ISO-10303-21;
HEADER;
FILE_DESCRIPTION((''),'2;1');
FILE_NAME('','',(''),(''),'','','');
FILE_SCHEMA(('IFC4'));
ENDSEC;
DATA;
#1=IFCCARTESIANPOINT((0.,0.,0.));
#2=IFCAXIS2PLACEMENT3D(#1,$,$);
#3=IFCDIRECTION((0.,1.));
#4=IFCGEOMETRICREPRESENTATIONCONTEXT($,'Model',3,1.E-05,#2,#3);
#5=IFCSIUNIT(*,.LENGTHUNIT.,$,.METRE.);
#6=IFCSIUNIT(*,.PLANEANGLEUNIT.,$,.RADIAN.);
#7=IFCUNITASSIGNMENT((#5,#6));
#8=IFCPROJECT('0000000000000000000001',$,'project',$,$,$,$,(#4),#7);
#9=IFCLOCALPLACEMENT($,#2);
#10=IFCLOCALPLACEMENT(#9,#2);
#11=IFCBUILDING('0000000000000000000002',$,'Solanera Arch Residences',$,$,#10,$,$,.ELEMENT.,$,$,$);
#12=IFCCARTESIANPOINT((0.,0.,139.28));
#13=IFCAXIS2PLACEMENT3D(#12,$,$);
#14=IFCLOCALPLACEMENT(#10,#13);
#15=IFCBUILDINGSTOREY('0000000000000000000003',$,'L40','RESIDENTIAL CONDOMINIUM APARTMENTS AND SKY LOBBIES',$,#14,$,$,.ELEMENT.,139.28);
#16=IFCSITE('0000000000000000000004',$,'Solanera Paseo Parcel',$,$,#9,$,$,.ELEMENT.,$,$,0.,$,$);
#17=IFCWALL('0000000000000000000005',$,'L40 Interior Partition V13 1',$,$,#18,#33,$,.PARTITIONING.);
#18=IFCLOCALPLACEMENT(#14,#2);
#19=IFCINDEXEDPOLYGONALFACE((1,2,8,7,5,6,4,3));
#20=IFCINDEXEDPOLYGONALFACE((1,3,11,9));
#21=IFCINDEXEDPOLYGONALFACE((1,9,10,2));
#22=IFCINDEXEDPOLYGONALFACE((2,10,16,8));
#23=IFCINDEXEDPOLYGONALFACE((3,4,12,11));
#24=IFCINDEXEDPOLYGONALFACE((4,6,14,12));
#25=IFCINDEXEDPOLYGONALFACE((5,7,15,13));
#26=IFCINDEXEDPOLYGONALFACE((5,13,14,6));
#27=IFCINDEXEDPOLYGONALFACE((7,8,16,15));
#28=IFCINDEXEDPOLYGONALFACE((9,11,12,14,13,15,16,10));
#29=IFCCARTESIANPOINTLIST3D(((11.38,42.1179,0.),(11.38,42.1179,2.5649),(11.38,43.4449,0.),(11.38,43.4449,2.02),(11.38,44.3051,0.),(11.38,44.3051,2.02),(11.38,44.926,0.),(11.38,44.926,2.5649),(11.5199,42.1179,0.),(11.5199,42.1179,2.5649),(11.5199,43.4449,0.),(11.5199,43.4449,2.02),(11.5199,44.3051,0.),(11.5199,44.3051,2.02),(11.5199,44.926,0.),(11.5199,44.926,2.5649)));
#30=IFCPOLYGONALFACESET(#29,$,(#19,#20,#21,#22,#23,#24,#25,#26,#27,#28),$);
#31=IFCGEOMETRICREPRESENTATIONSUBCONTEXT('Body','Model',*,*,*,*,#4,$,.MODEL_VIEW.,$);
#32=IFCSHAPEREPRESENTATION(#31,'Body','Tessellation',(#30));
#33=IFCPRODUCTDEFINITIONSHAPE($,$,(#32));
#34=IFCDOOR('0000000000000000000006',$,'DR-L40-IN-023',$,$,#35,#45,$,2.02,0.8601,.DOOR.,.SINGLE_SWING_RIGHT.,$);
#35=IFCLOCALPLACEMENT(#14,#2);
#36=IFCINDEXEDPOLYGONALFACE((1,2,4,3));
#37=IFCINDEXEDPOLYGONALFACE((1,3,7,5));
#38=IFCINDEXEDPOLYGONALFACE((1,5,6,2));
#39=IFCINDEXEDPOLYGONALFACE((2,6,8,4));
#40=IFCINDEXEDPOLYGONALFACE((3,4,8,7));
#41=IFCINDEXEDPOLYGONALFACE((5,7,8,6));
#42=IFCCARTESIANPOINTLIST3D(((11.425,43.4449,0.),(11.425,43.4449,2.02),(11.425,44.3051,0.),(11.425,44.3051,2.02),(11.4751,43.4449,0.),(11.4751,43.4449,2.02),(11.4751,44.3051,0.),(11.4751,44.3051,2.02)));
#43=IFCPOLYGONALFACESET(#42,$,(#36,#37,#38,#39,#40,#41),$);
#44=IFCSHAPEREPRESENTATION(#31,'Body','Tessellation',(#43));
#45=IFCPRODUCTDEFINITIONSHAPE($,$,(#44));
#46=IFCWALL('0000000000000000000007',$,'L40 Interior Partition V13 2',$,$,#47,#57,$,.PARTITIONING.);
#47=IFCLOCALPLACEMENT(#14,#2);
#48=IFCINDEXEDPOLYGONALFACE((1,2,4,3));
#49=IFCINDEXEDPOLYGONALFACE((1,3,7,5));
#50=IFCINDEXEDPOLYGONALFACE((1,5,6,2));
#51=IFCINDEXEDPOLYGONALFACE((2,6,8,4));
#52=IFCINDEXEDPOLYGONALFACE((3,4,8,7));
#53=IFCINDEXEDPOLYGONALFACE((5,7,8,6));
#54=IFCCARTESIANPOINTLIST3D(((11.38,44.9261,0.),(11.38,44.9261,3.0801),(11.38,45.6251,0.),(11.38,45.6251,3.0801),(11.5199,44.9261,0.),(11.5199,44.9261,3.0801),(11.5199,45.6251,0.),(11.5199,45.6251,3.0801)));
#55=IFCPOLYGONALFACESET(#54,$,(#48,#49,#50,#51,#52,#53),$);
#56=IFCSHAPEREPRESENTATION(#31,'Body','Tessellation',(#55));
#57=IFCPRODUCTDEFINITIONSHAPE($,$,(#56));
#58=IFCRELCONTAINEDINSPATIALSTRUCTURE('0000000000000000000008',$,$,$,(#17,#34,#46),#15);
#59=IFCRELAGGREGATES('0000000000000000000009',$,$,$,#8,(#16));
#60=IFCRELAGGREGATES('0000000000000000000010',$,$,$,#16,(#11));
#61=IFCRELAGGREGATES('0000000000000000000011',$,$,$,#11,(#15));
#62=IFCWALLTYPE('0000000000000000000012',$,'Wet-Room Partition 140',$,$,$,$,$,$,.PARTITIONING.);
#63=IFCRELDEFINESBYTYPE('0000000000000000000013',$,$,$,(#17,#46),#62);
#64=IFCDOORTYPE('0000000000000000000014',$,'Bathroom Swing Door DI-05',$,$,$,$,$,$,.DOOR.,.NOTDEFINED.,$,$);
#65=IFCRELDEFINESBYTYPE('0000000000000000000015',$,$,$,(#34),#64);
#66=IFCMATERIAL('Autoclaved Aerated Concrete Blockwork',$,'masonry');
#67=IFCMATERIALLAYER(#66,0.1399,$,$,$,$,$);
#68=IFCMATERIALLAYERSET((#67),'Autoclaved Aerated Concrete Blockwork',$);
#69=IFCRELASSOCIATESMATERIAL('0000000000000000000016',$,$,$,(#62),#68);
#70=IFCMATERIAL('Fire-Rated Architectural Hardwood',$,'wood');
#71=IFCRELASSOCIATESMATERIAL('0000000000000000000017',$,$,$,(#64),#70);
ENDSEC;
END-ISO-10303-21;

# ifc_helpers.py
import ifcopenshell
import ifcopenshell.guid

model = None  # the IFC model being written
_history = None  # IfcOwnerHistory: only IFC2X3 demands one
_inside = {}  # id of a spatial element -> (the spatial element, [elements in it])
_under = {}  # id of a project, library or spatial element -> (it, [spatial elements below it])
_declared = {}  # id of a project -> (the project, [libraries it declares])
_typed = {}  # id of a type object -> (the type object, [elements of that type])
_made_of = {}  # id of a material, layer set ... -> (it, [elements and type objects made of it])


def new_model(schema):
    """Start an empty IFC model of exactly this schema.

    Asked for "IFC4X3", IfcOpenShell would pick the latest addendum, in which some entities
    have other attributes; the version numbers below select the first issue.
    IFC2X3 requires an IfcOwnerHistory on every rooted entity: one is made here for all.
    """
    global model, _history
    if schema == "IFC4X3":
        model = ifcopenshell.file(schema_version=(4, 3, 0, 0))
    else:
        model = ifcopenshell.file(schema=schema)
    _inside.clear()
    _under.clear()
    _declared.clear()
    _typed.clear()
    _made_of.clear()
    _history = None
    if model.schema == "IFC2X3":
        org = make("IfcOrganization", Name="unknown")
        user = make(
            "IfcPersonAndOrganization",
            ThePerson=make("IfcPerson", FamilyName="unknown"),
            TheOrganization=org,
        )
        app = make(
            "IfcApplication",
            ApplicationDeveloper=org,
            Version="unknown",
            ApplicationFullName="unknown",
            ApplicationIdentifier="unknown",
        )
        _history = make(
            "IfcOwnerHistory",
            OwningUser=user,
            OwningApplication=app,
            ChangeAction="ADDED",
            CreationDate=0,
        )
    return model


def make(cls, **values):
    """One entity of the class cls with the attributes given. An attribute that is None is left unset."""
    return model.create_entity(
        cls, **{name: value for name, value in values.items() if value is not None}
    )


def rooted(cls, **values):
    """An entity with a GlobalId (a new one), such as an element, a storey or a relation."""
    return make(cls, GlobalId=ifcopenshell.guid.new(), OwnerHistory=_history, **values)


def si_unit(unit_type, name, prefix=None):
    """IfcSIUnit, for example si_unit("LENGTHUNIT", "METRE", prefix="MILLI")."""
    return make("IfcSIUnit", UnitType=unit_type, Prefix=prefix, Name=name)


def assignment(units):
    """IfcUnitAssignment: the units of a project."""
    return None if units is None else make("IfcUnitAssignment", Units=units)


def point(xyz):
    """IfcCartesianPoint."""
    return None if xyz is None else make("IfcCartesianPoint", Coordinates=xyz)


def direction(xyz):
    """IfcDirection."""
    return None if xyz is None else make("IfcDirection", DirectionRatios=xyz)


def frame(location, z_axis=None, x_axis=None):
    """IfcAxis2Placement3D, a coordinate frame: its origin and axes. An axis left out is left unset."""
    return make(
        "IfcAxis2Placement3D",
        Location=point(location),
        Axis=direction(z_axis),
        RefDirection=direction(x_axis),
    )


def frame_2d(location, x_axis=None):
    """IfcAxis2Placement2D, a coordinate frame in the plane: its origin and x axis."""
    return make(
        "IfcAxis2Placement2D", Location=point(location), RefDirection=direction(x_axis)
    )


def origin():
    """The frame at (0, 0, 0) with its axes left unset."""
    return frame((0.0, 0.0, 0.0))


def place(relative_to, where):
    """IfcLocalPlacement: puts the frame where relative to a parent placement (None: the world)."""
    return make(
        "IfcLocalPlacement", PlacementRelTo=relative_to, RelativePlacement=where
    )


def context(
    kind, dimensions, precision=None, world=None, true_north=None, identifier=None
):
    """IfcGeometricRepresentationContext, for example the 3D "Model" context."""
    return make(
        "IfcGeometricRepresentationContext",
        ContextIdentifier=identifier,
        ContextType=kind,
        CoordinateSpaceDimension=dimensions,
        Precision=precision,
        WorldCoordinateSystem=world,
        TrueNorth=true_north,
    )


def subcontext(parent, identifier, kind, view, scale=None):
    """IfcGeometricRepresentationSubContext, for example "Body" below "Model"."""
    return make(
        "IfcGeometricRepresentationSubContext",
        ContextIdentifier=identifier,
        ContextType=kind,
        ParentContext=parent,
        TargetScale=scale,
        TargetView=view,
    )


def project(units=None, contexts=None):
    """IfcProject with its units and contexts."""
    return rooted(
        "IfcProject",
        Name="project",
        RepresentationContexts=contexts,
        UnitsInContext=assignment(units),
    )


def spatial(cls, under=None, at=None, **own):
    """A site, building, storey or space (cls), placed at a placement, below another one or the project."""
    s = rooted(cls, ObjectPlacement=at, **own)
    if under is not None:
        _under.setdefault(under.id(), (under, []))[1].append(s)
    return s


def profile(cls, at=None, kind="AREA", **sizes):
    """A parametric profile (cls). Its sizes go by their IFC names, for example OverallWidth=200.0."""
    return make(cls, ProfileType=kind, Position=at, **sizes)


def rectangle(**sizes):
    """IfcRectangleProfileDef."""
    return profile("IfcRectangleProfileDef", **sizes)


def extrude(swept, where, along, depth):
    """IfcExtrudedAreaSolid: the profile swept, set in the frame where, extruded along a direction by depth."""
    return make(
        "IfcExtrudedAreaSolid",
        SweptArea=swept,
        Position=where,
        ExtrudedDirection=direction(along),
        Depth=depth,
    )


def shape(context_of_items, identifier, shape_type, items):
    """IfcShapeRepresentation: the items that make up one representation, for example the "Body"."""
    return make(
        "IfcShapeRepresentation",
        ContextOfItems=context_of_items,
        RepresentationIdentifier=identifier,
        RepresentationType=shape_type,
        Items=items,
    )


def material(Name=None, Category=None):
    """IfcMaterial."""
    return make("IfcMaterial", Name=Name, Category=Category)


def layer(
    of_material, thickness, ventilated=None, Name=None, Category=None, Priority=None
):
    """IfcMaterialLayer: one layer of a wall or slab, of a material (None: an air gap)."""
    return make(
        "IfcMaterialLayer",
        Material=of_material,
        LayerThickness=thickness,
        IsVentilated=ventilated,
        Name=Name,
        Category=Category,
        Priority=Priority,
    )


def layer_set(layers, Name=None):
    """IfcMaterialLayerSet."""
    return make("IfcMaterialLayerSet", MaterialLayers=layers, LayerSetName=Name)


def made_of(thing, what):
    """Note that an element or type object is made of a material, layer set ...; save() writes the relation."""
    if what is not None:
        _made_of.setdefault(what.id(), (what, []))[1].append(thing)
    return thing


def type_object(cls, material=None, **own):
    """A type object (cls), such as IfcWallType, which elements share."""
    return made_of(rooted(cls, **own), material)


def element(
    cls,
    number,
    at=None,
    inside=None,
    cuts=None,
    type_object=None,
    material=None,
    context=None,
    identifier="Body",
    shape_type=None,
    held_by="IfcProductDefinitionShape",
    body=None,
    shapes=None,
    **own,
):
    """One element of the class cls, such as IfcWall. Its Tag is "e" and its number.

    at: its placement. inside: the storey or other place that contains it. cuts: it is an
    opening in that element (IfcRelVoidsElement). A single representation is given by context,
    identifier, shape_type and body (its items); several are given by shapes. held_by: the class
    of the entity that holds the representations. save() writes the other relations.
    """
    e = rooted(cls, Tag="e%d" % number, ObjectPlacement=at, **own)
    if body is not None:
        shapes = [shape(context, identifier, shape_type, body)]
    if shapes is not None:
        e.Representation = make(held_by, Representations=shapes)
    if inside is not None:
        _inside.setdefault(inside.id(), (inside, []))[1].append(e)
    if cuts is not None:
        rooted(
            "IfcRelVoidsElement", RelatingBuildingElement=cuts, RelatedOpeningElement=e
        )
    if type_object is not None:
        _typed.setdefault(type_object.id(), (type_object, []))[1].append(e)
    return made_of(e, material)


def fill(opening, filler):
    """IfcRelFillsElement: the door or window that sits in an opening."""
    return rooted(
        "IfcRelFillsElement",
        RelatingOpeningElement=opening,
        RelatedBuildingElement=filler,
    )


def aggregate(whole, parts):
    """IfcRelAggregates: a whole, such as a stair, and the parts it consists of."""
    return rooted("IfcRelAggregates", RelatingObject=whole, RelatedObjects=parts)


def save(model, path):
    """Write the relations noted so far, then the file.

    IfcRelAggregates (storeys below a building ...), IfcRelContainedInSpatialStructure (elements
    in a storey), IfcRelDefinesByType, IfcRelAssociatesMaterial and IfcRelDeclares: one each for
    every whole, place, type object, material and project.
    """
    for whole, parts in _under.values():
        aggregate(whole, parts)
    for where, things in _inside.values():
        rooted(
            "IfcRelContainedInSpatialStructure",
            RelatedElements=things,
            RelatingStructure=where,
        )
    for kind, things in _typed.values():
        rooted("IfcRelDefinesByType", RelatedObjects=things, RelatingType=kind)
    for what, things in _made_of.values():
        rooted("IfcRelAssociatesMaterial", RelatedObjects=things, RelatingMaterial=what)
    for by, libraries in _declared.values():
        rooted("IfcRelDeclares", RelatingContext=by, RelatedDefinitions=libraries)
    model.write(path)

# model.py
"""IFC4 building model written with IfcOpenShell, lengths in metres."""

from ifc_helpers import new_model, si_unit, direction, frame, frame_2d, origin, place, context, subcontext, project, spatial, rectangle, extrude, material, layer, layer_set, type_object, element, fill, save


model = new_model("IFC4")

# Units and contexts
model_context = context("Model", 3, precision=1e-05, world=origin(), true_north=direction((0.0, 1.0)))
body_context = subcontext(model_context, "Body", "Model", "MODEL_VIEW")
ifc_project = project(units=[si_unit("LENGTHUNIT", "METRE"), si_unit("PLANEANGLEUNIT", "RADIAN")], contexts=[model_context])

# Site, building, storey
site_placement = place(None, origin())
site = spatial("IfcSite", under=ifc_project, at=site_placement, Name="Solanera Paseo Parcel", CompositionType="ELEMENT", RefElevation=0.0)
building_placement = place(site_placement, origin())
building = spatial("IfcBuilding", under=site, at=building_placement, Name="Solanera Arch Residences", CompositionType="ELEMENT")
storey_placement = place(building_placement, frame((0.0, 0.0, 139.28)))
storey = spatial("IfcBuildingStorey", under=building, at=storey_placement, Name="L40", Description="RESIDENTIAL CONDOMINIUM APARTMENTS AND SKY LOBBIES", CompositionType="ELEMENT", Elevation=139.28)

# Shared definitions
ifc_material_1 = material(Name="Autoclaved Aerated Concrete Blockwork", Category="masonry")
ifc_layer_1 = layer(ifc_material_1, 0.1399)
ifc_layer_set_1 = layer_set([ifc_layer_1], Name="Autoclaved Aerated Concrete Blockwork")
wall_type_1 = type_object("IfcWallType", Name="Wet-Room Partition 140", PredefinedType="PARTITIONING", material=ifc_layer_set_1)

# Wall, opening, door
wall_1_placement = place(storey_placement, frame((11.45, 42.1179, 0.0), z_axis=(0.0, 0.0, 1.0), x_axis=(0.0, 1.0, 0.0)))
wall_1 = element("IfcWall", 1, at=wall_1_placement, inside=storey, type_object=wall_type_1, Name="L40 Interior Partition V13 1", PredefinedType="PARTITIONING", context=body_context, shape_type="SweptSolid", body=[
    extrude(rectangle(XDim=2.8081, YDim=0.1399, at=frame_2d((1.4041, 0.0))), origin(), (0.0, 0.0, 1.0), 2.5649),
])
opening_1_placement = place(wall_1_placement, frame((1.3269, 0.0, 0.0)))
opening_1 = element("IfcOpeningElement", 2, at=opening_1_placement, cuts=wall_1, PredefinedType="OPENING", context=body_context, shape_type="SweptSolid", body=[
    extrude(rectangle(XDim=0.8601, YDim=2.02, at=frame_2d((0.4302, 1.01))), frame((0.0, 0.0798, 0.0), z_axis=(0.0, -1.0, 0.0), x_axis=(1.0, 0.0, 0.0)), (0.0, 0.0, 1.0), 0.1599),
])
ifc_material_2 = material(Name="Fire-Rated Architectural Hardwood", Category="wood")
door_type_1 = type_object("IfcDoorType", Name="Bathroom Swing Door DI-05", OperationType="NOTDEFINED", PredefinedType="DOOR", material=ifc_material_2)
door_1_placement = place(opening_1_placement, origin())
door_1 = element("IfcDoor", 3, at=door_1_placement, inside=storey, type_object=door_type_1, Name="DR-L40-IN-023", OperationType="SINGLE_SWING_RIGHT", OverallHeight=2.02, OverallWidth=0.8601, PredefinedType="DOOR", context=body_context, shape_type="SweptSolid", body=[
    extrude(rectangle(XDim=0.8601, YDim=2.02, at=frame_2d((0.4302, 1.01))), frame((0.0, 0.0249, 0.0), z_axis=(0.0, -1.0, 0.0), x_axis=(1.0, 0.0, 0.0)), (0.0, 0.0, 1.0), 0.05),
])
fill(opening_1, door_1)

# Wall
wall_2_placement = place(storey_placement, frame((11.45, 44.926, 0.0), z_axis=(0.0, 0.0, 1.0), x_axis=(0.0, 1.0, 0.0)))
element("IfcWall", 4, at=wall_2_placement, inside=storey, type_object=wall_type_1, Name="L40 Interior Partition V13 2", PredefinedType="PARTITIONING", context=body_context, shape_type="SweptSolid", body=[
    extrude(rectangle(XDim=0.699, YDim=0.1399, at=frame_2d((0.3496, 0.0))), origin(), (0.0, 0.0, 1.0), 3.0801),
])

save(model, "model.ifc")
